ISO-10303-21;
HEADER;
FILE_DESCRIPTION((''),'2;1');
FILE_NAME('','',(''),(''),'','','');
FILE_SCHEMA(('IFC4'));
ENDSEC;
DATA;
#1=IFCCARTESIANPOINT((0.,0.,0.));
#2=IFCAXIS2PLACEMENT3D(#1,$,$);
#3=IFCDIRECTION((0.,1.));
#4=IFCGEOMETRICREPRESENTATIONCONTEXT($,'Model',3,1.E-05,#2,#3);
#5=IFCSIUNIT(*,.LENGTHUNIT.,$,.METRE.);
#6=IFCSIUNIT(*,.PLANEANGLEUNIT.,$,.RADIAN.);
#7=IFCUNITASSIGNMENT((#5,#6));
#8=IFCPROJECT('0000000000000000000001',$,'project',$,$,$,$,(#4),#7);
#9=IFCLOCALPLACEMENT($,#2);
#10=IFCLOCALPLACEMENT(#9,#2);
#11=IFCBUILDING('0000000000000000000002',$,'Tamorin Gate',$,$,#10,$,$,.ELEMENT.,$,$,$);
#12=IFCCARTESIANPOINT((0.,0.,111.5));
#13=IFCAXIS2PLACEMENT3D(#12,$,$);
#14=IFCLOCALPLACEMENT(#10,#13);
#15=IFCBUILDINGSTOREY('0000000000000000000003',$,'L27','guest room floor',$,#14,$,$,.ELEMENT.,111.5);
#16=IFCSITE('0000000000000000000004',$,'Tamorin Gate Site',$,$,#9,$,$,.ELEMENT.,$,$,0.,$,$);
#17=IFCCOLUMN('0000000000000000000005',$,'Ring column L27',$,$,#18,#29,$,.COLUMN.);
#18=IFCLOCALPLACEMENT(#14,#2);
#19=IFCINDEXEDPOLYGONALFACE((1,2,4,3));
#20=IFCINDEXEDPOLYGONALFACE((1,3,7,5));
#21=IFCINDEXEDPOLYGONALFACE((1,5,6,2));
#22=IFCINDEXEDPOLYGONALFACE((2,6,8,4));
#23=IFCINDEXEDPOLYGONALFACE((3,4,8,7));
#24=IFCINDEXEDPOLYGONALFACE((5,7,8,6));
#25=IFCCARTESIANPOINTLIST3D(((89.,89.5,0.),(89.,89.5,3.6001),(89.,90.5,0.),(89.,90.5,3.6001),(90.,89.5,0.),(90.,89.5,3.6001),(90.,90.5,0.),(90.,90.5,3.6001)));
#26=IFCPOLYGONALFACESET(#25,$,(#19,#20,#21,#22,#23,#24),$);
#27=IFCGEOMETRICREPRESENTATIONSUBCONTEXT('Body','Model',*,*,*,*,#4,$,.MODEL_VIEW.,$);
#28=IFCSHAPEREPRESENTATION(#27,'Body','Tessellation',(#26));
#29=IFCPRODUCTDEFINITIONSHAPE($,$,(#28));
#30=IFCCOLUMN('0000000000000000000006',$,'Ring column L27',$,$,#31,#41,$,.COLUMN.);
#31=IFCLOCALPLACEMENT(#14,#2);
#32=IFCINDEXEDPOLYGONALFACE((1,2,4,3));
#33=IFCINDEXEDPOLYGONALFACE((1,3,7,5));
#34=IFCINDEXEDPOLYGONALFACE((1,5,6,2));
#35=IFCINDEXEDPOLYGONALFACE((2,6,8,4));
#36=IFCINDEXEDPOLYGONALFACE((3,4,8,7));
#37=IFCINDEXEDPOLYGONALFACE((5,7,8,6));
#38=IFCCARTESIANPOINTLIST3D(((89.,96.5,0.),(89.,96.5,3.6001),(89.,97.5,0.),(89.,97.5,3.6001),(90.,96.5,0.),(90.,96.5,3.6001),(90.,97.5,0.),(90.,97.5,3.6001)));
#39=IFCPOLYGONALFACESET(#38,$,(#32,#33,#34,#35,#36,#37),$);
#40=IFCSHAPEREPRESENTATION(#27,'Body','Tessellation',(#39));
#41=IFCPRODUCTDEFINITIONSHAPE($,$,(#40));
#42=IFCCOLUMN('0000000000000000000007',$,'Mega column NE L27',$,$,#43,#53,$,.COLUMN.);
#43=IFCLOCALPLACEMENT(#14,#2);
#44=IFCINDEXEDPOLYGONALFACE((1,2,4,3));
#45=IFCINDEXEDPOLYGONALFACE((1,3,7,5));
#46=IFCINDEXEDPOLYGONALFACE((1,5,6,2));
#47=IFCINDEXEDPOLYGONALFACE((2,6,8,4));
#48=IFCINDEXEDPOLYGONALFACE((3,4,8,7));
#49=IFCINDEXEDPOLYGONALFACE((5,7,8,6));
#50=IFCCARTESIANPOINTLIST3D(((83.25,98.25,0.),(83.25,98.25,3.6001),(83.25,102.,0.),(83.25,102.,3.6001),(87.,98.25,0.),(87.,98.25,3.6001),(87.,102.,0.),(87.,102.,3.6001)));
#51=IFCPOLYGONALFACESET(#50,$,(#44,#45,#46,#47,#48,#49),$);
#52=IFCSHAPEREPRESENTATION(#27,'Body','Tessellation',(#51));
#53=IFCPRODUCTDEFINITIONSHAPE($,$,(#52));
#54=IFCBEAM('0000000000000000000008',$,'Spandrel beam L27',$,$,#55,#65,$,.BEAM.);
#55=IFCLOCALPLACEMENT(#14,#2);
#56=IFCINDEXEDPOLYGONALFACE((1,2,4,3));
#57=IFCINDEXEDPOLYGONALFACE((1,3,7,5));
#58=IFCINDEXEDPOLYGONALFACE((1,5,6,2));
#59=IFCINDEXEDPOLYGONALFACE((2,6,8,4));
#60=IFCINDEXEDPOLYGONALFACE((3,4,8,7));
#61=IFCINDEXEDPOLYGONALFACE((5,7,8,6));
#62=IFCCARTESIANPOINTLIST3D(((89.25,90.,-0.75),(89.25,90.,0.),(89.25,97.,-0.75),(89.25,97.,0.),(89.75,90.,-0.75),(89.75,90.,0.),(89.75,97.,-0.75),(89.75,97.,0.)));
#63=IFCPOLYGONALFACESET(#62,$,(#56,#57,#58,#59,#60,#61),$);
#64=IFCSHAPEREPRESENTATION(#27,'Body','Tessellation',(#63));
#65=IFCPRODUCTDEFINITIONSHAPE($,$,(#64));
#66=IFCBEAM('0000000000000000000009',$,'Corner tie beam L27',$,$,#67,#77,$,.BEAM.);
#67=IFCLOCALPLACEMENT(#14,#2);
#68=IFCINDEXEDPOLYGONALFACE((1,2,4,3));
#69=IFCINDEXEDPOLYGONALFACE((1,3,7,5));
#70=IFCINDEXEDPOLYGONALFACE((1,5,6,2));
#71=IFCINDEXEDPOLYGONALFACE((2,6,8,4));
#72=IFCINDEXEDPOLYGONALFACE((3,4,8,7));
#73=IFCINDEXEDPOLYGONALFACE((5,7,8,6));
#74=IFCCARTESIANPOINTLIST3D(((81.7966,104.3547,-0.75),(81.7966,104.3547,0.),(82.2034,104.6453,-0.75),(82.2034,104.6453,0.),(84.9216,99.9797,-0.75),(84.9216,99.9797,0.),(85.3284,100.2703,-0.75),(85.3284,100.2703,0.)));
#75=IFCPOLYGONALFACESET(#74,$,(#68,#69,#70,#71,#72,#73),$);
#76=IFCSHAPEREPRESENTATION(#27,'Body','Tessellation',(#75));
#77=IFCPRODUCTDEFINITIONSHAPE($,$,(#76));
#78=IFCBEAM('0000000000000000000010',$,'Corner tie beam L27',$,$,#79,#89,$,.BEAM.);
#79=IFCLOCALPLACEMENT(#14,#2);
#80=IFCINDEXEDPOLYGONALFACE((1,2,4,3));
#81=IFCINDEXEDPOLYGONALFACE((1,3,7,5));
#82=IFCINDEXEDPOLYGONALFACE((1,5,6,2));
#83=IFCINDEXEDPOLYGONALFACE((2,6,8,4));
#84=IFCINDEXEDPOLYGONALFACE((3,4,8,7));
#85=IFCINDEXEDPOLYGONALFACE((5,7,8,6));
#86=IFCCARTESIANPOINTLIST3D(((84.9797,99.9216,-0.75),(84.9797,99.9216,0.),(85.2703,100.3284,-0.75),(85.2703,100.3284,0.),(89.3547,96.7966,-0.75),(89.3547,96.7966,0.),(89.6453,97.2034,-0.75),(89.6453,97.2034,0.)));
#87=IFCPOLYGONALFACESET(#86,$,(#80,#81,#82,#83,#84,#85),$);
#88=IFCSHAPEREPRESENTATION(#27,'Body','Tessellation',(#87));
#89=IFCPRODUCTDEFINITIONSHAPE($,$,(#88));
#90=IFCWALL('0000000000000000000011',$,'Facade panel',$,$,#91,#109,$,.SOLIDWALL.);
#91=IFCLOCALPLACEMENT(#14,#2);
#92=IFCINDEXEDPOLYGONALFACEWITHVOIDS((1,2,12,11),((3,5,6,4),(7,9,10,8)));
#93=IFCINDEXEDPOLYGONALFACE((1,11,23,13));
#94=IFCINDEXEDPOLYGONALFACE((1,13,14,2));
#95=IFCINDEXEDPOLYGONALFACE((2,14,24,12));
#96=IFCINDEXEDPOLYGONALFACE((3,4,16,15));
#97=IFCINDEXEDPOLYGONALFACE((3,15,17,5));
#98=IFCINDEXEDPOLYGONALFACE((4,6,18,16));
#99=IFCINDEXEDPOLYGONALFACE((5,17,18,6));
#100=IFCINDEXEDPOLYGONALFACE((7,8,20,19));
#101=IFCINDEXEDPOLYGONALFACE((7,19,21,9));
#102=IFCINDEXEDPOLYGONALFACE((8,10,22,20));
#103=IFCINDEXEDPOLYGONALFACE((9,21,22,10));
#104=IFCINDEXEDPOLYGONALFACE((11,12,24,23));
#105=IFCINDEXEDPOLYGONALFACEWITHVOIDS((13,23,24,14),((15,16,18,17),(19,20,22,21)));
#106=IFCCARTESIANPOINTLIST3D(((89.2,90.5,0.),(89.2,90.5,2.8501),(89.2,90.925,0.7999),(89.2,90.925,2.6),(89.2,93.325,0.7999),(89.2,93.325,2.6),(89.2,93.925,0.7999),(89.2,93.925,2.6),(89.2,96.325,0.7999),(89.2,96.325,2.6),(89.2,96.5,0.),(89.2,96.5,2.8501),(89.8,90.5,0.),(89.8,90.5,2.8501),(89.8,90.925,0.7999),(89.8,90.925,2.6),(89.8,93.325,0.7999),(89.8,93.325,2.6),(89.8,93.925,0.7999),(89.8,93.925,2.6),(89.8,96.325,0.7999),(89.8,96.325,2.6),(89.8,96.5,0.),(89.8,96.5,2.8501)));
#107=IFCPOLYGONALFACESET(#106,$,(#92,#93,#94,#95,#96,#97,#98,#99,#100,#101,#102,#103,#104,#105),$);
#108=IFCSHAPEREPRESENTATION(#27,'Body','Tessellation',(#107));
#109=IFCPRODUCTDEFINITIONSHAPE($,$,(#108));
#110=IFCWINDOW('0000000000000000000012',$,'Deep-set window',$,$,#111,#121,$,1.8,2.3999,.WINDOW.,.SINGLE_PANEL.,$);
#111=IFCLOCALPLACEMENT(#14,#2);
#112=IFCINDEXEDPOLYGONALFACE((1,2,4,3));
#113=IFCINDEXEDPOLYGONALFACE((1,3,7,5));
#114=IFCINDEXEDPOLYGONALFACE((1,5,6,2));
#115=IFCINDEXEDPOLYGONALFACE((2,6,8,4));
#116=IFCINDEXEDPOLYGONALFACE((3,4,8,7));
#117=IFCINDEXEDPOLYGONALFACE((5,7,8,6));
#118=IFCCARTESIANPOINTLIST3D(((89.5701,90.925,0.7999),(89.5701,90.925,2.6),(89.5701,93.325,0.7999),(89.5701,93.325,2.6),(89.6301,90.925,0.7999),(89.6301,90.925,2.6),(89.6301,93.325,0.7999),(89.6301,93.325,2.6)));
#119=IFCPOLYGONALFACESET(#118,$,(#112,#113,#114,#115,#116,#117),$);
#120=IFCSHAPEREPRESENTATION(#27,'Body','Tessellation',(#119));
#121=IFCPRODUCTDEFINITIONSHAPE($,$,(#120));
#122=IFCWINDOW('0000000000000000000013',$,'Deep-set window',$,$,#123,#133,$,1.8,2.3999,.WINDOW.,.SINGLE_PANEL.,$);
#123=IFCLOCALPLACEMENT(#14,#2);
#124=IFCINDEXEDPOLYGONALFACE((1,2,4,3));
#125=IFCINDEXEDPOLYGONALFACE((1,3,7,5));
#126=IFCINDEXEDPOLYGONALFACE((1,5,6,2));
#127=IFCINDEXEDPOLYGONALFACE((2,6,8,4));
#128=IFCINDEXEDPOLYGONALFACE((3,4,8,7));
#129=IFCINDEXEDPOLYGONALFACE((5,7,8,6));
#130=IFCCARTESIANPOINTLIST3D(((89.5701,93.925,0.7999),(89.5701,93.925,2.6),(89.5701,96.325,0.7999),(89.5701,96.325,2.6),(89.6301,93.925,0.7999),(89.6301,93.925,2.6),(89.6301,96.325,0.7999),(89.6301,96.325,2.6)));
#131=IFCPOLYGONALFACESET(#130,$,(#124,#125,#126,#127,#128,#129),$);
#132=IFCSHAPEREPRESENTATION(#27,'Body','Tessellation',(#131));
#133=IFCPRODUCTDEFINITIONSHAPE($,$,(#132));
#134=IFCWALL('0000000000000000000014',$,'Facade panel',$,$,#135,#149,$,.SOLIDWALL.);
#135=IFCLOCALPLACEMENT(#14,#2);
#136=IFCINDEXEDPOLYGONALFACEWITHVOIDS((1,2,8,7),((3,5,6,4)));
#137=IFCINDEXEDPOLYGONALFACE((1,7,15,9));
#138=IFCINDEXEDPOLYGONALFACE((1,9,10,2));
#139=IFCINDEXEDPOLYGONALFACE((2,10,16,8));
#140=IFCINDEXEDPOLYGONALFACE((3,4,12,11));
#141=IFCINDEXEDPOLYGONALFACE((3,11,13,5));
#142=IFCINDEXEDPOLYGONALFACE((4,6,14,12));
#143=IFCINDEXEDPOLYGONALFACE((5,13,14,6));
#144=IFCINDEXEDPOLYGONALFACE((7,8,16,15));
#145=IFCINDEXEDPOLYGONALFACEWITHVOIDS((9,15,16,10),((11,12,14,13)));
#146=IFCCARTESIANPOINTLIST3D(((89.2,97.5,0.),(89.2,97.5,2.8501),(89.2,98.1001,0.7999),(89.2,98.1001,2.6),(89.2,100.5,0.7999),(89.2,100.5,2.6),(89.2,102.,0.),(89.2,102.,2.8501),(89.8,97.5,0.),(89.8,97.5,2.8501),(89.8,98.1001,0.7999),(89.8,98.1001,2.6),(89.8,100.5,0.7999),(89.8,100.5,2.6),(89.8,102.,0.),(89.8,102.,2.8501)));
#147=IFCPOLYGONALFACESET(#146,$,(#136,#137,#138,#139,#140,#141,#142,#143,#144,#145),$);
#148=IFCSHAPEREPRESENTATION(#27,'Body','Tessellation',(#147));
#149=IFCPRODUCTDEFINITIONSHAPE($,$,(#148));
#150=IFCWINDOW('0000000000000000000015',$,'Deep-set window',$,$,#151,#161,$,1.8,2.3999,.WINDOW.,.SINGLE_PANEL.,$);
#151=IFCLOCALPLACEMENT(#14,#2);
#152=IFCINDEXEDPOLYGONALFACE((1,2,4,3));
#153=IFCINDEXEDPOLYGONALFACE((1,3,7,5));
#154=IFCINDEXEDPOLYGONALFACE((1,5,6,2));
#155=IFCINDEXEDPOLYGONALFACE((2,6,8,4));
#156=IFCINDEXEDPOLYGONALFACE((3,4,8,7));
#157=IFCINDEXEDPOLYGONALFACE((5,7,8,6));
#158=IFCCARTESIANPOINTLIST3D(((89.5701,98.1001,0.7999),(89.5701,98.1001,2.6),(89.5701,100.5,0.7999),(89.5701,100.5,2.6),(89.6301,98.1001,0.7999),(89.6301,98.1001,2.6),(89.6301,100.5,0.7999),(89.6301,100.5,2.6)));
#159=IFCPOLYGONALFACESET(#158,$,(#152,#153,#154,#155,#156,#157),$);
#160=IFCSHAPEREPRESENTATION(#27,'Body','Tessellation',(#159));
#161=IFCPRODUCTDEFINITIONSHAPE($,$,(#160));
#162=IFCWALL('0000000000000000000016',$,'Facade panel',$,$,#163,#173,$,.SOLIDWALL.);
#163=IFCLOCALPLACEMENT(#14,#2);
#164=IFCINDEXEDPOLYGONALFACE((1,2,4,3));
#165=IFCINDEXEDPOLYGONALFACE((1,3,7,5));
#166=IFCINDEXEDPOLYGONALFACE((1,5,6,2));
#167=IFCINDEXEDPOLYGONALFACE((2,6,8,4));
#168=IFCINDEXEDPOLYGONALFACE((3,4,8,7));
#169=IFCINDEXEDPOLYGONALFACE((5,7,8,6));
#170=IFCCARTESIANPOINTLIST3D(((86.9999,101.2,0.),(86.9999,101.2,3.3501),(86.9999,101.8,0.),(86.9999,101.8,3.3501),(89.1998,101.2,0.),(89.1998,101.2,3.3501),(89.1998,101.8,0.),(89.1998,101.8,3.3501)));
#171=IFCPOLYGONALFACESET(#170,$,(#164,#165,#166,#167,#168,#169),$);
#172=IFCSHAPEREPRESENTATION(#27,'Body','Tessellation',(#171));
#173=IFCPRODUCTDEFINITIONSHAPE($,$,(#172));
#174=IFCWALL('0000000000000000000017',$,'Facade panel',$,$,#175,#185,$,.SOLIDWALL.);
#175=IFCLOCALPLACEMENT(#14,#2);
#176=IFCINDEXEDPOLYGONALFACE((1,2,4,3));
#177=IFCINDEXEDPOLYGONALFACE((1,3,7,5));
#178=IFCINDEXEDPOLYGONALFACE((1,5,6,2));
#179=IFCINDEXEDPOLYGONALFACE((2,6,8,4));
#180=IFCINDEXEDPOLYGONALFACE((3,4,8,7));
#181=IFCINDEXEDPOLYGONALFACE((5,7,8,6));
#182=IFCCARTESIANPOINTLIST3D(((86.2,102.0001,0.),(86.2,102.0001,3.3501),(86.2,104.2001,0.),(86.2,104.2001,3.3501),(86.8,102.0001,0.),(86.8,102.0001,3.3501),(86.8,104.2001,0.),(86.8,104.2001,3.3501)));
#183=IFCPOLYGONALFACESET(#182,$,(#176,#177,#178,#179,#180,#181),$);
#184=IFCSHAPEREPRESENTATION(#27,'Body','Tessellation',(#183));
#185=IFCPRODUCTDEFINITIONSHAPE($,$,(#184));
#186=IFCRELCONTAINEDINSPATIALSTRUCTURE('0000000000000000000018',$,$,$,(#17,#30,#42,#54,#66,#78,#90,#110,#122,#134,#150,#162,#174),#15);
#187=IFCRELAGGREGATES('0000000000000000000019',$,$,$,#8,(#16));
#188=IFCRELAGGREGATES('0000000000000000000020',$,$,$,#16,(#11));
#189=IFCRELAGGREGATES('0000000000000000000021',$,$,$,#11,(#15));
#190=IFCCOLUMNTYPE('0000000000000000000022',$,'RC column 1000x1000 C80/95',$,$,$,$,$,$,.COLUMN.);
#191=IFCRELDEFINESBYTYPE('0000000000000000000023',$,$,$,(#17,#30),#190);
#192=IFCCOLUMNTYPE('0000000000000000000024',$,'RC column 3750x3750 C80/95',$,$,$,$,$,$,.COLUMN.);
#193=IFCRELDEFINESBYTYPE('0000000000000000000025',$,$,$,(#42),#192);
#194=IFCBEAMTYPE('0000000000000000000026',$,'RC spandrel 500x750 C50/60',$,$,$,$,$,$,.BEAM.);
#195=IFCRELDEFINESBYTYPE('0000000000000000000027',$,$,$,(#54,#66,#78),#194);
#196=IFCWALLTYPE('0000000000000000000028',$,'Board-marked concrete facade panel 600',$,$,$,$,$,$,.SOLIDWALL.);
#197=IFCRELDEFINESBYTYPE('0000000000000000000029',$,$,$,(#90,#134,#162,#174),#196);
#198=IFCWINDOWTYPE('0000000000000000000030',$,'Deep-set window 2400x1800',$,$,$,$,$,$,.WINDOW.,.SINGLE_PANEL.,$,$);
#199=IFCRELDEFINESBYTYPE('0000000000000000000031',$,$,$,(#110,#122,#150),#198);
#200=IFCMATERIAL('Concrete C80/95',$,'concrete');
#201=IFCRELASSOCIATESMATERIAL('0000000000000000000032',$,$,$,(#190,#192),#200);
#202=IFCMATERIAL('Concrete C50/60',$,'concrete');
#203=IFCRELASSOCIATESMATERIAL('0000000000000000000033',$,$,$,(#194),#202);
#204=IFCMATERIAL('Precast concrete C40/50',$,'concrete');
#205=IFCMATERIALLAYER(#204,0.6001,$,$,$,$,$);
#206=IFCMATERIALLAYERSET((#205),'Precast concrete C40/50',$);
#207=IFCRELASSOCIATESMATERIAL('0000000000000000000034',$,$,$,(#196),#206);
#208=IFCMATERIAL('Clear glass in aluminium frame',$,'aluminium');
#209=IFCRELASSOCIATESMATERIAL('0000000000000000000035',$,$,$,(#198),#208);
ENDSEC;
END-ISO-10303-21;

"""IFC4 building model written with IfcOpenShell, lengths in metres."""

from ifc_helpers import new_model, si_unit, direction, frame, frame_2d, origin, origin_2d, place, context, subcontext, project, spatial, rectangle, extrude, material, layer, layer_set, material_profile, profile_set, type_object, element, fill, save


model = new_model("IFC4")

# Units and contexts
model_context = context("Model", 3, precision=1e-05, world=origin(), true_north=direction((0.0, 1.0)))
body_context = subcontext(model_context, "Body", "Model", "MODEL_VIEW")
ifc_project = project(units=[si_unit("LENGTHUNIT", "METRE"), si_unit("PLANEANGLEUNIT", "RADIAN")], contexts=[model_context])

# Site, building, storey
site_placement = place(None, origin())
site = spatial("IfcSite", under=ifc_project, at=site_placement, Name="Tamorin Gate Site", CompositionType="ELEMENT", RefElevation=0.0)
building_placement = place(site_placement, origin())
building = spatial("IfcBuilding", under=site, at=building_placement, Name="Tamorin Gate", CompositionType="ELEMENT")
storey_placement = place(building_placement, frame((0.0, 0.0, 111.5)))
storey = spatial("IfcBuildingStorey", under=building, at=storey_placement, Name="L27", Description="guest room floor", CompositionType="ELEMENT", Elevation=111.5)

# Columns
ifc_material_1 = material(Name="Concrete C80/95", Category="concrete")
ifc_material_profile_1 = material_profile(ifc_material_1, rectangle(XDim=1.0, YDim=1.0, at=origin_2d()), Name="RC 1000x1000")
ifc_profile_set_1 = profile_set([ifc_material_profile_1], Name="Concrete C80/95")
column_type_1 = type_object("IfcColumnType", Name="RC column 1000x1000 C80/95", PredefinedType="COLUMN", material=ifc_profile_set_1)
for number, where, z_axis, x_axis, name in (
    (1, (89.5, 90.0, 0.0), (0.0, 0.0, 1.0), (1.0, 0.0, 0.0), "Ring column L27"),
    (2, (89.5, 97.0, 0.0), (0.0, 0.0, 1.0), (1.0, 0.0, 0.0), "Ring column L27"),
):
    element("IfcColumn", number, at=place(storey_placement, frame(where, z_axis=z_axis, x_axis=x_axis)), inside=storey, type_object=column_type_1, Name=name, PredefinedType="COLUMN", context=body_context, shape_type="SweptSolid", body=[
        extrude(rectangle(XDim=1.0, YDim=1.0, at=origin_2d()), origin(), (0.0, 0.0, 1.0), 3.6001),
    ])
ifc_material_profile_2 = material_profile(ifc_material_1, rectangle(XDim=3.75, YDim=3.75, at=origin_2d()), Name="RC 3750x3750")
ifc_profile_set_2 = profile_set([ifc_material_profile_2], Name="Concrete C80/95")
column_type_2 = type_object("IfcColumnType", Name="RC column 3750x3750 C80/95", PredefinedType="COLUMN", material=ifc_profile_set_2)
column_placement = place(storey_placement, frame((85.125, 100.125, 0.0), z_axis=(0.0, 0.0, 1.0), x_axis=(1.0, 0.0, 0.0)))
element("IfcColumn", 3, at=column_placement, inside=storey, type_object=column_type_2, Name="Mega column NE L27", PredefinedType="COLUMN", context=body_context, shape_type="SweptSolid", body=[
    extrude(rectangle(XDim=3.75, YDim=3.75, at=origin_2d()), origin(), (0.0, 0.0, 1.0), 3.6001),
])

# Beams
ifc_material_2 = material(Name="Concrete C50/60", Category="concrete")
ifc_material_profile_3 = material_profile(ifc_material_2, rectangle(XDim=0.5, YDim=0.75, at=origin_2d()), Name="RC 500x750")
ifc_profile_set_3 = profile_set([ifc_material_profile_3], Name="Concrete C50/60")
beam_type = type_object("IfcBeamType", Name="RC spandrel 500x750 C50/60", PredefinedType="BEAM", material=ifc_profile_set_3)
beam_placement = place(storey_placement, frame((89.5, 90.0, -0.375), z_axis=(0.0, 1.0, 0.0), x_axis=(-1.0, 0.0, 0.0)))
element("IfcBeam", 4, at=beam_placement, inside=storey, type_object=beam_type, Name="Spandrel beam L27", PredefinedType="BEAM", context=body_context, shape_type="SweptSolid", body=[
    extrude(rectangle(XDim=0.5, YDim=0.75, at=origin_2d()), origin(), (0.0, 0.0, 1.0), 7.0),
])
for number, where, z_axis, x_axis, name in (
    (5, (85.125, 100.125, -0.375), (-0.581238, 0.813733, 0.0), (-0.813733, -0.581238, 0.0), "Corner tie beam L27"),
    (6, (85.125, 100.125, -0.375), (0.813733, -0.581238, 0.0), (0.581238, 0.813733, 0.0), "Corner tie beam L27"),
):
    element("IfcBeam", number, at=place(storey_placement, frame(where, z_axis=z_axis, x_axis=x_axis)), inside=storey, type_object=beam_type, Name=name, PredefinedType="BEAM", context=body_context, shape_type="SweptSolid", body=[
        extrude(rectangle(XDim=0.5, YDim=0.75, at=origin_2d()), origin(), (0.0, 0.0, 1.0), 5.3765),
    ])

# Wall, openings, windows
ifc_material_3 = material(Name="Precast concrete C40/50", Category="concrete")
ifc_layer_1 = layer(ifc_material_3, 0.6001)
ifc_layer_set_1 = layer_set([ifc_layer_1], Name="Precast concrete C40/50")
wall_type_1 = type_object("IfcWallType", Name="Board-marked concrete facade panel 600", PredefinedType="SOLIDWALL", material=ifc_layer_set_1)
wall_1_placement = place(storey_placement, frame((89.5, 90.5, 0.0), z_axis=(0.0, 0.0, 1.0), x_axis=(0.0, 1.0, 0.0)))
wall_1 = element("IfcWall", 7, at=wall_1_placement, inside=storey, type_object=wall_type_1, Name="Facade panel", PredefinedType="SOLIDWALL", context=body_context, shape_type="SweptSolid", body=[
    extrude(rectangle(XDim=6.0, YDim=0.6001, at=frame_2d((3.0, 0.0))), origin(), (0.0, 0.0, 1.0), 2.8501),
])
opening_1_placement = place(wall_1_placement, frame((0.425, 0.0, 0.8)))
opening_1 = element("IfcOpeningElement", 8, at=opening_1_placement, cuts=wall_1, PredefinedType="OPENING", context=body_context, shape_type="SweptSolid", body=[
    extrude(rectangle(XDim=2.3999, YDim=1.8, at=frame_2d((1.2, 0.8999))), frame((0.0, 0.3101, 0.0), z_axis=(0.0, -1.0, 0.0), x_axis=(1.0, 0.0, 0.0)), (0.0, 0.0, 1.0), 0.6201),
])
opening_2_placement = place(wall_1_placement, frame((3.425, 0.0, 0.8)))
opening_2 = element("IfcOpeningElement", 9, at=opening_2_placement, cuts=wall_1, PredefinedType="OPENING", context=body_context, shape_type="SweptSolid", body=[
    extrude(rectangle(XDim=2.3999, YDim=1.8, at=frame_2d((1.2, 0.8999))), frame((0.0, 0.3101, 0.0), z_axis=(0.0, -1.0, 0.0), x_axis=(1.0, 0.0, 0.0)), (0.0, 0.0, 1.0), 0.6201),
])
ifc_material_4 = material(Name="Clear glass in aluminium frame", Category="aluminium")
window_type = type_object("IfcWindowType", Name="Deep-set window 2400x1800", PartitioningType="SINGLE_PANEL", PredefinedType="WINDOW", material=ifc_material_4)
window_1_placement = place(opening_1_placement, origin())
window_1 = element("IfcWindow", 10, at=window_1_placement, inside=storey, type_object=window_type, Name="Deep-set window", OverallHeight=1.8, OverallWidth=2.3999, PartitioningType="SINGLE_PANEL", PredefinedType="WINDOW", context=body_context, shape_type="SweptSolid", body=[
    extrude(rectangle(XDim=2.3999, YDim=1.8, at=frame_2d((1.2, 0.8999))), frame((0.0, -0.0701, 0.0), z_axis=(0.0, -1.0, 0.0), x_axis=(1.0, 0.0, 0.0)), (0.0, 0.0, 1.0), 0.0601),
])
fill(opening_1, window_1)
window_2_placement = place(opening_2_placement, origin())
window_2 = element("IfcWindow", 11, at=window_2_placement, inside=storey, type_object=window_type, Name="Deep-set window", OverallHeight=1.8, OverallWidth=2.3999, PartitioningType="SINGLE_PANEL", PredefinedType="WINDOW", context=body_context, shape_type="SweptSolid", body=[
    extrude(rectangle(XDim=2.3999, YDim=1.8, at=frame_2d((1.2, 0.8999))), frame((0.0, -0.0701, 0.0), z_axis=(0.0, -1.0, 0.0), x_axis=(1.0, 0.0, 0.0)), (0.0, 0.0, 1.0), 0.0601),
])
fill(opening_2, window_2)

# Wall, opening, window
wall_2_placement = place(storey_placement, frame((89.5, 97.5, 0.0), z_axis=(0.0, 0.0, 1.0), x_axis=(0.0, 1.0, 0.0)))
wall_2 = element("IfcWall", 12, at=wall_2_placement, inside=storey, type_object=wall_type_1, Name="Facade panel", PredefinedType="SOLIDWALL", context=body_context, shape_type="SweptSolid", body=[
    extrude(rectangle(XDim=4.5, YDim=0.6001, at=frame_2d((2.25, 0.0))), origin(), (0.0, 0.0, 1.0), 2.8501),
])
opening_3_placement = place(wall_2_placement, frame((0.6001, 0.0, 0.8)))
opening_3 = element("IfcOpeningElement", 13, at=opening_3_placement, cuts=wall_2, PredefinedType="OPENING", context=body_context, shape_type="SweptSolid", body=[
    extrude(rectangle(XDim=2.3999, YDim=1.8, at=frame_2d((1.2, 0.8999))), frame((0.0, 0.3101, 0.0), z_axis=(0.0, -1.0, 0.0), x_axis=(1.0, 0.0, 0.0)), (0.0, 0.0, 1.0), 0.6201),
])
window_3_placement = place(opening_3_placement, origin())
window_3 = element("IfcWindow", 14, at=window_3_placement, inside=storey, type_object=window_type, Name="Deep-set window", OverallHeight=1.8, OverallWidth=2.3999, PartitioningType="SINGLE_PANEL", PredefinedType="WINDOW", context=body_context, shape_type="SweptSolid", body=[
    extrude(rectangle(XDim=2.3999, YDim=1.8, at=frame_2d((1.2, 0.8999))), frame((0.0, -0.0701, 0.0), z_axis=(0.0, -1.0, 0.0), x_axis=(1.0, 0.0, 0.0)), (0.0, 0.0, 1.0), 0.0601),
])
fill(opening_3, window_3)

# Walls
for number, where, z_axis, x_axis, name in (
    (15, (89.2, 101.5, 0.0), (0.0, 0.0, 1.0), (-1.0, 0.0, 0.0), "Facade panel"),
    (16, (86.5, 102.0, 0.0), (0.0, 0.0, 1.0), (0.0, 1.0, 0.0), "Facade panel"),
):
    element("IfcWall", number, at=place(storey_placement, frame(where, z_axis=z_axis, x_axis=x_axis)), inside=storey, type_object=wall_type_1, Name=name, PredefinedType="SOLIDWALL", context=body_context, shape_type="SweptSolid", body=[
        extrude(rectangle(XDim=2.2, YDim=0.6001, at=frame_2d((1.1001, 0.0))), origin(), (0.0, 0.0, 1.0), 3.3501),
    ])

save(model, "model.ifc")
